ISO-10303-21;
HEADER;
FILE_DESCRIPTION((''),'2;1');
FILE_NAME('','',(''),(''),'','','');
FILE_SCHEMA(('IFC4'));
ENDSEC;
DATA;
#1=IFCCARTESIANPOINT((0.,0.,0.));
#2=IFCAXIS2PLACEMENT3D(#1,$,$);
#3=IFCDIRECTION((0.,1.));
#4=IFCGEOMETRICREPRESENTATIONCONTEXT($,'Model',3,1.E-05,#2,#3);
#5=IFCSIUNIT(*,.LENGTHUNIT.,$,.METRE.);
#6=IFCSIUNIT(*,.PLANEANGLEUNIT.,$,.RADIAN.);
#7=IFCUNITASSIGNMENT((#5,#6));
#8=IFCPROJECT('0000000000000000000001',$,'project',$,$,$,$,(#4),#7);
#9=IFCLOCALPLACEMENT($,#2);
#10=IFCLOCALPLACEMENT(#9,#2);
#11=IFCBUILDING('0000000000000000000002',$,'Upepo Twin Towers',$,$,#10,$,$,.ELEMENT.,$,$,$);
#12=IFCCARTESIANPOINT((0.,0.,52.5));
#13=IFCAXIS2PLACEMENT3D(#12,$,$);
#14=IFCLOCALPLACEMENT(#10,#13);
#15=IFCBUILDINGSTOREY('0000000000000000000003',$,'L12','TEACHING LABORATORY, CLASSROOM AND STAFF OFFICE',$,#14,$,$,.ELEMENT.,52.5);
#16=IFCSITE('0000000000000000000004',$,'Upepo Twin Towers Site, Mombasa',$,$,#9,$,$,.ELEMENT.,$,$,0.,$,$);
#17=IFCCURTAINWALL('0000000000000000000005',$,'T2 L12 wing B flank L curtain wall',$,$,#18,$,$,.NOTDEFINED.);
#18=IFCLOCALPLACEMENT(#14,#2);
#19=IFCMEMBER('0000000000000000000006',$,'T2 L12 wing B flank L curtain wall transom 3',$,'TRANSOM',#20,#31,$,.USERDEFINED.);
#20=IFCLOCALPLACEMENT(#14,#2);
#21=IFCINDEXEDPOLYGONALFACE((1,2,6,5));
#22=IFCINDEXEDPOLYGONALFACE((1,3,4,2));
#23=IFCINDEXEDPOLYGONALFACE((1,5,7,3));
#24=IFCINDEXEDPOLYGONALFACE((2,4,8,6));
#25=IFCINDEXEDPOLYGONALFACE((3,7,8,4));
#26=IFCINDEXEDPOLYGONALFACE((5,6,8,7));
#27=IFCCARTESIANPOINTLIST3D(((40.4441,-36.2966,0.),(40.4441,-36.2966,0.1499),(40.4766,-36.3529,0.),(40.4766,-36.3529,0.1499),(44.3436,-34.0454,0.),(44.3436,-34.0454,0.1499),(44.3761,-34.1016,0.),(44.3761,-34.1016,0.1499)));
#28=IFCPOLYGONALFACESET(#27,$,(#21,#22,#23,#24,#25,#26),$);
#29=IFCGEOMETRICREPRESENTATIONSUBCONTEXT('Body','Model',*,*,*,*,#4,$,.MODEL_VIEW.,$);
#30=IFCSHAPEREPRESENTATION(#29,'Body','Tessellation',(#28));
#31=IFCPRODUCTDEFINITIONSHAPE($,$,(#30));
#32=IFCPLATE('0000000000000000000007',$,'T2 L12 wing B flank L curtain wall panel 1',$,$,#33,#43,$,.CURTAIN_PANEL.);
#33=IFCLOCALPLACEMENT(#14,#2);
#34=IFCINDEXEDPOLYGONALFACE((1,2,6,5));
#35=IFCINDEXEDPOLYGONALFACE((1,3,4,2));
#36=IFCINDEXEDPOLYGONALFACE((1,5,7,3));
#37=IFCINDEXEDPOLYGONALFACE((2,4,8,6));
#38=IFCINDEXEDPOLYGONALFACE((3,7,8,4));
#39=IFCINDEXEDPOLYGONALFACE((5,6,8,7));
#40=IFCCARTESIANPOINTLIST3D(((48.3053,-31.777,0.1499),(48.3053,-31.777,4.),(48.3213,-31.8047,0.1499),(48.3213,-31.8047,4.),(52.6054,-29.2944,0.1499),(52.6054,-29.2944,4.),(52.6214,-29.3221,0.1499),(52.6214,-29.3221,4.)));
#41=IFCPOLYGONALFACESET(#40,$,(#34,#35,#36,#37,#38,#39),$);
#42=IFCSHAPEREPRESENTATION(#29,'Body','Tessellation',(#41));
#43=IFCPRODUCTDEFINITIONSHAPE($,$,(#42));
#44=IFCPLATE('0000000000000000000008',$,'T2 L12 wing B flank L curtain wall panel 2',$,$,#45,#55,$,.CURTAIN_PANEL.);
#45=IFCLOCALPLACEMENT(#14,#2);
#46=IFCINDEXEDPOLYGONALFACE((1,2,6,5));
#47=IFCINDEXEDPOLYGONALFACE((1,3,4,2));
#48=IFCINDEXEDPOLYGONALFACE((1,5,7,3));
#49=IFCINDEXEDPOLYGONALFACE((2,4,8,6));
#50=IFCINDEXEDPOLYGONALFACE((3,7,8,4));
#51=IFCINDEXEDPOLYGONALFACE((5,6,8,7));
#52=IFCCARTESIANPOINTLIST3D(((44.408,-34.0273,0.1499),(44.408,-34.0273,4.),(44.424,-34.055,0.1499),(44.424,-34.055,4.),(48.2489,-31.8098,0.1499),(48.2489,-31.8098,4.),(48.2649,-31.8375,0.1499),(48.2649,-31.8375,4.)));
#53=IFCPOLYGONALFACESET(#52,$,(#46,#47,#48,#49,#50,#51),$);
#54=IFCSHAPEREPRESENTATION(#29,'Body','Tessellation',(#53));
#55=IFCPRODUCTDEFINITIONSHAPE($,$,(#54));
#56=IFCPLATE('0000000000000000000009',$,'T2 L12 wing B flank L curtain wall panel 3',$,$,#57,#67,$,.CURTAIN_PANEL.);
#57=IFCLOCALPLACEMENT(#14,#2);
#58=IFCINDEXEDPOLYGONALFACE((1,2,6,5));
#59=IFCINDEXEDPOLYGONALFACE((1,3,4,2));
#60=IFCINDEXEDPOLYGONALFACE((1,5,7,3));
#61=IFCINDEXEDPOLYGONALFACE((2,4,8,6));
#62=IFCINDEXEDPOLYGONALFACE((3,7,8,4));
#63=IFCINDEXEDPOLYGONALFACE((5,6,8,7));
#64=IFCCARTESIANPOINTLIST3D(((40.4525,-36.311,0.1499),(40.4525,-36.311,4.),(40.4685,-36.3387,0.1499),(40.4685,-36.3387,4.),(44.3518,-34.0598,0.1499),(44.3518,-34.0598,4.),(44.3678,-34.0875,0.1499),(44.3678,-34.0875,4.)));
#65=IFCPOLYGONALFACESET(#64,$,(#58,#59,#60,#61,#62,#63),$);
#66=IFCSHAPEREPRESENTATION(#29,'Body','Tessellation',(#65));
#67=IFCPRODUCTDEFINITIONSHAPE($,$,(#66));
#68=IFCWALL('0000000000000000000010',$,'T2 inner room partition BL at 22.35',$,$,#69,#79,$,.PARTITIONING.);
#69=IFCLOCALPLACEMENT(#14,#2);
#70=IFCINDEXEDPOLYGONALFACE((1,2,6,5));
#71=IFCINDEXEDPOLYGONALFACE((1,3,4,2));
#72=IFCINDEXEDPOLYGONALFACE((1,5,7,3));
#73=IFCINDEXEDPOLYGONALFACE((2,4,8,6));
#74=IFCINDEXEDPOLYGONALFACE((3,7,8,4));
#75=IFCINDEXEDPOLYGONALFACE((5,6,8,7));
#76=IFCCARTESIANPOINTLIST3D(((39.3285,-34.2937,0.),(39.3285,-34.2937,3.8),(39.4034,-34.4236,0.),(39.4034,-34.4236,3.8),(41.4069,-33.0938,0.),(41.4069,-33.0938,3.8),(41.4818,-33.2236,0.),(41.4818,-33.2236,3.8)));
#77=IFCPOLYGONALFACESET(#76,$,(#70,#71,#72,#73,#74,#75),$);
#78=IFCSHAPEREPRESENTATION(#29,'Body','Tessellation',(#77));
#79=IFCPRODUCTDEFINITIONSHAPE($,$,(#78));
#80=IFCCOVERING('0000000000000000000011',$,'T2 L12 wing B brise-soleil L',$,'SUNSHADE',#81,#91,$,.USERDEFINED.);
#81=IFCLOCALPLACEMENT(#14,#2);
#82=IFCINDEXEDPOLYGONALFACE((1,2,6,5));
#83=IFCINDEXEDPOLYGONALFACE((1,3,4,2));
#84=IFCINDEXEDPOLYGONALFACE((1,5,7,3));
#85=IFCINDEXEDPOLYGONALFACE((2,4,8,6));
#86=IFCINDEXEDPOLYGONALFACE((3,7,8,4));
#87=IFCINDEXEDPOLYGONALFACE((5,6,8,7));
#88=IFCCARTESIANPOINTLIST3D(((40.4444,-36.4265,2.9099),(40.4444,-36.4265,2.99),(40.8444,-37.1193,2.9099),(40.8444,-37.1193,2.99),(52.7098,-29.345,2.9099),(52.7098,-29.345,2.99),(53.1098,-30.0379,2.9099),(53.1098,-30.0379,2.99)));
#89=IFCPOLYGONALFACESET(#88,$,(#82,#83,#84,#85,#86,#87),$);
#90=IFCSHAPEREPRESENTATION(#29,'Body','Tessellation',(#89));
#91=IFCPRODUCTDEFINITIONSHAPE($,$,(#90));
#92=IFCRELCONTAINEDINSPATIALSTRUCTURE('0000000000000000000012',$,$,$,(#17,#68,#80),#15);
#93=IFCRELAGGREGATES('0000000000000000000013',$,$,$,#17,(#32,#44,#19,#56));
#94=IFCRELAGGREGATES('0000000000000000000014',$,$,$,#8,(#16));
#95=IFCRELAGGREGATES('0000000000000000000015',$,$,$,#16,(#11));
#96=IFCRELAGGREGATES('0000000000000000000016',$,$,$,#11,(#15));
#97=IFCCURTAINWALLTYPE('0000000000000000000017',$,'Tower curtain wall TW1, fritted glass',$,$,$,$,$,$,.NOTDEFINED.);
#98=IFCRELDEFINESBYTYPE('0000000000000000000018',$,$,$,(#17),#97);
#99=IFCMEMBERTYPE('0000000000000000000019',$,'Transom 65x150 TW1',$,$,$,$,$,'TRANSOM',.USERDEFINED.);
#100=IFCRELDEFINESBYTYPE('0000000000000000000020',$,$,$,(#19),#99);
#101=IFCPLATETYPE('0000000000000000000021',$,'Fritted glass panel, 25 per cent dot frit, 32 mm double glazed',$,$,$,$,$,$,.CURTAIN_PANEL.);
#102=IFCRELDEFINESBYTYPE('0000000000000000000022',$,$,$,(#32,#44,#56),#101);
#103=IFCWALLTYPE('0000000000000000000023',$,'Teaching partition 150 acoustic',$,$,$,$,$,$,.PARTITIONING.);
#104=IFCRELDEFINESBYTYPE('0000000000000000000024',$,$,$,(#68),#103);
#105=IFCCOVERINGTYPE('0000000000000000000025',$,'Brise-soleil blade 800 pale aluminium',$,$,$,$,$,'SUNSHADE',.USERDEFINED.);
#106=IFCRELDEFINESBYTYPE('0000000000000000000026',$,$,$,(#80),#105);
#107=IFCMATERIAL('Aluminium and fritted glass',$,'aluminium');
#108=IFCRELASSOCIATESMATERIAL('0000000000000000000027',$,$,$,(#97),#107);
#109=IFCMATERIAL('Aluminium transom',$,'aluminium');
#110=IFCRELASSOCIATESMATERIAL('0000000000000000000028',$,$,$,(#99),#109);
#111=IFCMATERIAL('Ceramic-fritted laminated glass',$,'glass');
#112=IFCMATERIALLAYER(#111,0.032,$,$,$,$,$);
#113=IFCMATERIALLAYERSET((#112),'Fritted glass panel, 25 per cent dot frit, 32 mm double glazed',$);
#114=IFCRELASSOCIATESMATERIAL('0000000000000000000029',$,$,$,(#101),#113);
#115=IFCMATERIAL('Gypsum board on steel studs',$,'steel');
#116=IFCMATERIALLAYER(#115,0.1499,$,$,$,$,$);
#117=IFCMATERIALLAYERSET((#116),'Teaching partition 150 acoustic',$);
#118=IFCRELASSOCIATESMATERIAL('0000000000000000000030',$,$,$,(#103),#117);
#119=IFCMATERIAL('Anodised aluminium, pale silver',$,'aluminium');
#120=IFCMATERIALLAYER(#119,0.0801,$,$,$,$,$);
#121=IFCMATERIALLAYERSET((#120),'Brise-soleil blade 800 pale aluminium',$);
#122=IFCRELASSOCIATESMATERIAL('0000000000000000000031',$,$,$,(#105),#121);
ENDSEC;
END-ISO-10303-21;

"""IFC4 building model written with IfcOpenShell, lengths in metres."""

from ifc_helpers import new_model, si_unit, direction, frame, frame_2d, origin, origin_2d, place, context, subcontext, project, spatial, rectangle, extrude, material, layer, layer_set, material_profile, profile_set, type_object, element, aggregate, save


model = new_model("IFC4")

# Units and contexts
model_context = context("Model", 3, precision=1e-05, world=origin(), true_north=direction((0.0, 1.0)))
body_context = subcontext(model_context, "Body", "Model", "MODEL_VIEW")
ifc_project = project(units=[si_unit("LENGTHUNIT", "METRE"), si_unit("PLANEANGLEUNIT", "RADIAN")], contexts=[model_context])

# Site, building, storey
site_placement = place(None, origin())
site = spatial("IfcSite", under=ifc_project, at=site_placement, Name="Upepo Twin Towers Site, Mombasa", CompositionType="ELEMENT", RefElevation=0.0)
building_placement = place(site_placement, origin())
building = spatial("IfcBuilding", under=site, at=building_placement, Name="Upepo Twin Towers", CompositionType="ELEMENT")
storey_placement = place(building_placement, frame((0.0, 0.0, 52.5)))
storey = spatial("IfcBuildingStorey", under=building, at=storey_placement, Name="L12", Description="TEACHING LABORATORY, CLASSROOM AND STAFF OFFICE", CompositionType="ELEMENT", Elevation=52.5)

# Curtain wall, member, plates
ifc_material_1 = material(Name="Aluminium and fritted glass", Category="aluminium")
curtain_wall_type = type_object("IfcCurtainWallType", Name="Tower curtain wall TW1, fritted glass", PredefinedType="NOTDEFINED", material=ifc_material_1)
curtain_wall_placement = place(storey_placement, origin())
curtain_wall = element("IfcCurtainWall", 1, at=curtain_wall_placement, inside=storey, type_object=curtain_wall_type, Name="T2 L12 wing B flank L curtain wall", PredefinedType="NOTDEFINED")
ifc_material_2 = material(Name="Aluminium transom", Category="aluminium")
ifc_material_profile_1 = material_profile(ifc_material_2, rectangle(XDim=0.0649, YDim=0.1499, at=origin_2d()), Name="TRANSOM 65x150")
ifc_profile_set_1 = profile_set([ifc_material_profile_1], Name="Aluminium transom")
member_type_1 = type_object("IfcMemberType", Name="Transom 65x150 TW1", ElementType="TRANSOM", PredefinedType="USERDEFINED", material=ifc_profile_set_1)
member_1_placement = place(storey_placement, frame((44.3599, -34.0735, 0.075), z_axis=(-0.866036, -0.499982, 0.0), x_axis=(0.499982, -0.866036, 0.0)))
member_1 = element("IfcMember", 2, at=member_1_placement, type_object=member_type_1, Name="T2 L12 wing B flank L curtain wall transom 3", ObjectType="TRANSOM", PredefinedType="USERDEFINED", context=body_context, shape_type="SweptSolid", body=[
    extrude(rectangle(XDim=0.0649, YDim=0.1499, at=origin_2d()), origin(), (0.0, 0.0, 1.0), 4.5027),
])
ifc_material_3 = material(Name="Ceramic-fritted laminated glass", Category="glass")
ifc_layer_1 = layer(ifc_material_3, 0.032)
ifc_layer_set_1 = layer_set([ifc_layer_1], Name="Fritted glass panel, 25 per cent dot frit, 32 mm double glazed")
plate_type = type_object("IfcPlateType", Name="Fritted glass panel, 25 per cent dot frit, 32 mm double glazed", PredefinedType="CURTAIN_PANEL", material=ifc_layer_set_1)
plate_1_placement = place(storey_placement, frame((50.4634, -30.5496, 0.1499), z_axis=(0.0, 0.0, 1.0), x_axis=(-0.866025, -0.5, 0.0)))
plate_1 = element("IfcPlate", 3, at=plate_1_placement, type_object=plate_type, Name="T2 L12 wing B flank L curtain wall panel 1", PredefinedType="CURTAIN_PANEL", context=body_context, shape_type="SweptSolid", body=[
    extrude(rectangle(XDim=4.9653, YDim=0.032, at=origin_2d()), origin(), (0.0, 0.0, 1.0), 3.8501),
])
plate_2_placement = place(storey_placement, frame((46.3364, -32.9324, 0.1499), z_axis=(0.0, 0.0, 1.0), x_axis=(-0.866025, -0.5, 0.0)))
plate_2 = element("IfcPlate", 4, at=plate_2_placement, type_object=plate_type, Name="T2 L12 wing B flank L curtain wall panel 2", PredefinedType="CURTAIN_PANEL", context=body_context, shape_type="SweptSolid", body=[
    extrude(rectangle(XDim=4.4351, YDim=0.032, at=origin_2d()), origin(), (0.0, 0.0, 1.0), 3.8501),
])
plate_3_placement = place(storey_placement, frame((42.4102, -35.1992, 0.1499), z_axis=(0.0, 0.0, 1.0), x_axis=(-0.866025, -0.5, 0.0)))
plate_3 = element("IfcPlate", 5, at=plate_3_placement, type_object=plate_type, Name="T2 L12 wing B flank L curtain wall panel 3", PredefinedType="CURTAIN_PANEL", context=body_context, shape_type="SweptSolid", body=[
    extrude(rectangle(XDim=4.5024, YDim=0.032, at=origin_2d()), origin(), (0.0, 0.0, 1.0), 3.8501),
])
aggregate(curtain_wall, [plate_1, plate_2, member_1, plate_3])

# Wall
ifc_material_4 = material(Name="Gypsum board on steel studs", Category="steel")
ifc_layer_2 = layer(ifc_material_4, 0.1499)
ifc_layer_set_2 = layer_set([ifc_layer_2], Name="Teaching partition 150 acoustic")
wall_type = type_object("IfcWallType", Name="Teaching partition 150 acoustic", PredefinedType="PARTITIONING", material=ifc_layer_set_2)
wall_placement = place(storey_placement, frame((41.4443, -33.1587, 0.0), z_axis=(0.0, 0.0, 1.0), x_axis=(-0.866025, -0.500001, 0.0)))
element("IfcWall", 6, at=wall_placement, inside=storey, type_object=wall_type, Name="T2 inner room partition BL at 22.35", PredefinedType="PARTITIONING", context=body_context, shape_type="SweptSolid", body=[
    extrude(rectangle(XDim=2.3999, YDim=0.1499, at=frame_2d((1.2, 0.0))), origin(), (0.0, 0.0, 1.0), 3.8),
])

# Covering
ifc_material_5 = material(Name="Anodised aluminium, pale silver", Category="aluminium")
ifc_layer_3 = layer(ifc_material_5, 0.0801)
ifc_layer_set_3 = layer_set([ifc_layer_3], Name="Brise-soleil blade 800 pale aluminium")
covering_type = type_object("IfcCoveringType", Name="Brise-soleil blade 800 pale aluminium", ElementType="SUNSHADE", PredefinedType="USERDEFINED", material=ifc_layer_set_3)
covering_placement = place(storey_placement, frame((46.7771, -33.2322, 2.9099), z_axis=(0.0, 0.0, 1.0), x_axis=(-0.866025, -0.5, 0.0)))
element("IfcCovering", 7, at=covering_placement, inside=storey, type_object=covering_type, Name="T2 L12 wing B brise-soleil L", ObjectType="SUNSHADE", PredefinedType="USERDEFINED", context=body_context, shape_type="SweptSolid", body=[
    extrude(rectangle(XDim=14.1628, YDim=0.8, at=origin_2d()), origin(), (0.0, 0.0, 1.0), 0.0801),
])

save(model, "model.ifc")
